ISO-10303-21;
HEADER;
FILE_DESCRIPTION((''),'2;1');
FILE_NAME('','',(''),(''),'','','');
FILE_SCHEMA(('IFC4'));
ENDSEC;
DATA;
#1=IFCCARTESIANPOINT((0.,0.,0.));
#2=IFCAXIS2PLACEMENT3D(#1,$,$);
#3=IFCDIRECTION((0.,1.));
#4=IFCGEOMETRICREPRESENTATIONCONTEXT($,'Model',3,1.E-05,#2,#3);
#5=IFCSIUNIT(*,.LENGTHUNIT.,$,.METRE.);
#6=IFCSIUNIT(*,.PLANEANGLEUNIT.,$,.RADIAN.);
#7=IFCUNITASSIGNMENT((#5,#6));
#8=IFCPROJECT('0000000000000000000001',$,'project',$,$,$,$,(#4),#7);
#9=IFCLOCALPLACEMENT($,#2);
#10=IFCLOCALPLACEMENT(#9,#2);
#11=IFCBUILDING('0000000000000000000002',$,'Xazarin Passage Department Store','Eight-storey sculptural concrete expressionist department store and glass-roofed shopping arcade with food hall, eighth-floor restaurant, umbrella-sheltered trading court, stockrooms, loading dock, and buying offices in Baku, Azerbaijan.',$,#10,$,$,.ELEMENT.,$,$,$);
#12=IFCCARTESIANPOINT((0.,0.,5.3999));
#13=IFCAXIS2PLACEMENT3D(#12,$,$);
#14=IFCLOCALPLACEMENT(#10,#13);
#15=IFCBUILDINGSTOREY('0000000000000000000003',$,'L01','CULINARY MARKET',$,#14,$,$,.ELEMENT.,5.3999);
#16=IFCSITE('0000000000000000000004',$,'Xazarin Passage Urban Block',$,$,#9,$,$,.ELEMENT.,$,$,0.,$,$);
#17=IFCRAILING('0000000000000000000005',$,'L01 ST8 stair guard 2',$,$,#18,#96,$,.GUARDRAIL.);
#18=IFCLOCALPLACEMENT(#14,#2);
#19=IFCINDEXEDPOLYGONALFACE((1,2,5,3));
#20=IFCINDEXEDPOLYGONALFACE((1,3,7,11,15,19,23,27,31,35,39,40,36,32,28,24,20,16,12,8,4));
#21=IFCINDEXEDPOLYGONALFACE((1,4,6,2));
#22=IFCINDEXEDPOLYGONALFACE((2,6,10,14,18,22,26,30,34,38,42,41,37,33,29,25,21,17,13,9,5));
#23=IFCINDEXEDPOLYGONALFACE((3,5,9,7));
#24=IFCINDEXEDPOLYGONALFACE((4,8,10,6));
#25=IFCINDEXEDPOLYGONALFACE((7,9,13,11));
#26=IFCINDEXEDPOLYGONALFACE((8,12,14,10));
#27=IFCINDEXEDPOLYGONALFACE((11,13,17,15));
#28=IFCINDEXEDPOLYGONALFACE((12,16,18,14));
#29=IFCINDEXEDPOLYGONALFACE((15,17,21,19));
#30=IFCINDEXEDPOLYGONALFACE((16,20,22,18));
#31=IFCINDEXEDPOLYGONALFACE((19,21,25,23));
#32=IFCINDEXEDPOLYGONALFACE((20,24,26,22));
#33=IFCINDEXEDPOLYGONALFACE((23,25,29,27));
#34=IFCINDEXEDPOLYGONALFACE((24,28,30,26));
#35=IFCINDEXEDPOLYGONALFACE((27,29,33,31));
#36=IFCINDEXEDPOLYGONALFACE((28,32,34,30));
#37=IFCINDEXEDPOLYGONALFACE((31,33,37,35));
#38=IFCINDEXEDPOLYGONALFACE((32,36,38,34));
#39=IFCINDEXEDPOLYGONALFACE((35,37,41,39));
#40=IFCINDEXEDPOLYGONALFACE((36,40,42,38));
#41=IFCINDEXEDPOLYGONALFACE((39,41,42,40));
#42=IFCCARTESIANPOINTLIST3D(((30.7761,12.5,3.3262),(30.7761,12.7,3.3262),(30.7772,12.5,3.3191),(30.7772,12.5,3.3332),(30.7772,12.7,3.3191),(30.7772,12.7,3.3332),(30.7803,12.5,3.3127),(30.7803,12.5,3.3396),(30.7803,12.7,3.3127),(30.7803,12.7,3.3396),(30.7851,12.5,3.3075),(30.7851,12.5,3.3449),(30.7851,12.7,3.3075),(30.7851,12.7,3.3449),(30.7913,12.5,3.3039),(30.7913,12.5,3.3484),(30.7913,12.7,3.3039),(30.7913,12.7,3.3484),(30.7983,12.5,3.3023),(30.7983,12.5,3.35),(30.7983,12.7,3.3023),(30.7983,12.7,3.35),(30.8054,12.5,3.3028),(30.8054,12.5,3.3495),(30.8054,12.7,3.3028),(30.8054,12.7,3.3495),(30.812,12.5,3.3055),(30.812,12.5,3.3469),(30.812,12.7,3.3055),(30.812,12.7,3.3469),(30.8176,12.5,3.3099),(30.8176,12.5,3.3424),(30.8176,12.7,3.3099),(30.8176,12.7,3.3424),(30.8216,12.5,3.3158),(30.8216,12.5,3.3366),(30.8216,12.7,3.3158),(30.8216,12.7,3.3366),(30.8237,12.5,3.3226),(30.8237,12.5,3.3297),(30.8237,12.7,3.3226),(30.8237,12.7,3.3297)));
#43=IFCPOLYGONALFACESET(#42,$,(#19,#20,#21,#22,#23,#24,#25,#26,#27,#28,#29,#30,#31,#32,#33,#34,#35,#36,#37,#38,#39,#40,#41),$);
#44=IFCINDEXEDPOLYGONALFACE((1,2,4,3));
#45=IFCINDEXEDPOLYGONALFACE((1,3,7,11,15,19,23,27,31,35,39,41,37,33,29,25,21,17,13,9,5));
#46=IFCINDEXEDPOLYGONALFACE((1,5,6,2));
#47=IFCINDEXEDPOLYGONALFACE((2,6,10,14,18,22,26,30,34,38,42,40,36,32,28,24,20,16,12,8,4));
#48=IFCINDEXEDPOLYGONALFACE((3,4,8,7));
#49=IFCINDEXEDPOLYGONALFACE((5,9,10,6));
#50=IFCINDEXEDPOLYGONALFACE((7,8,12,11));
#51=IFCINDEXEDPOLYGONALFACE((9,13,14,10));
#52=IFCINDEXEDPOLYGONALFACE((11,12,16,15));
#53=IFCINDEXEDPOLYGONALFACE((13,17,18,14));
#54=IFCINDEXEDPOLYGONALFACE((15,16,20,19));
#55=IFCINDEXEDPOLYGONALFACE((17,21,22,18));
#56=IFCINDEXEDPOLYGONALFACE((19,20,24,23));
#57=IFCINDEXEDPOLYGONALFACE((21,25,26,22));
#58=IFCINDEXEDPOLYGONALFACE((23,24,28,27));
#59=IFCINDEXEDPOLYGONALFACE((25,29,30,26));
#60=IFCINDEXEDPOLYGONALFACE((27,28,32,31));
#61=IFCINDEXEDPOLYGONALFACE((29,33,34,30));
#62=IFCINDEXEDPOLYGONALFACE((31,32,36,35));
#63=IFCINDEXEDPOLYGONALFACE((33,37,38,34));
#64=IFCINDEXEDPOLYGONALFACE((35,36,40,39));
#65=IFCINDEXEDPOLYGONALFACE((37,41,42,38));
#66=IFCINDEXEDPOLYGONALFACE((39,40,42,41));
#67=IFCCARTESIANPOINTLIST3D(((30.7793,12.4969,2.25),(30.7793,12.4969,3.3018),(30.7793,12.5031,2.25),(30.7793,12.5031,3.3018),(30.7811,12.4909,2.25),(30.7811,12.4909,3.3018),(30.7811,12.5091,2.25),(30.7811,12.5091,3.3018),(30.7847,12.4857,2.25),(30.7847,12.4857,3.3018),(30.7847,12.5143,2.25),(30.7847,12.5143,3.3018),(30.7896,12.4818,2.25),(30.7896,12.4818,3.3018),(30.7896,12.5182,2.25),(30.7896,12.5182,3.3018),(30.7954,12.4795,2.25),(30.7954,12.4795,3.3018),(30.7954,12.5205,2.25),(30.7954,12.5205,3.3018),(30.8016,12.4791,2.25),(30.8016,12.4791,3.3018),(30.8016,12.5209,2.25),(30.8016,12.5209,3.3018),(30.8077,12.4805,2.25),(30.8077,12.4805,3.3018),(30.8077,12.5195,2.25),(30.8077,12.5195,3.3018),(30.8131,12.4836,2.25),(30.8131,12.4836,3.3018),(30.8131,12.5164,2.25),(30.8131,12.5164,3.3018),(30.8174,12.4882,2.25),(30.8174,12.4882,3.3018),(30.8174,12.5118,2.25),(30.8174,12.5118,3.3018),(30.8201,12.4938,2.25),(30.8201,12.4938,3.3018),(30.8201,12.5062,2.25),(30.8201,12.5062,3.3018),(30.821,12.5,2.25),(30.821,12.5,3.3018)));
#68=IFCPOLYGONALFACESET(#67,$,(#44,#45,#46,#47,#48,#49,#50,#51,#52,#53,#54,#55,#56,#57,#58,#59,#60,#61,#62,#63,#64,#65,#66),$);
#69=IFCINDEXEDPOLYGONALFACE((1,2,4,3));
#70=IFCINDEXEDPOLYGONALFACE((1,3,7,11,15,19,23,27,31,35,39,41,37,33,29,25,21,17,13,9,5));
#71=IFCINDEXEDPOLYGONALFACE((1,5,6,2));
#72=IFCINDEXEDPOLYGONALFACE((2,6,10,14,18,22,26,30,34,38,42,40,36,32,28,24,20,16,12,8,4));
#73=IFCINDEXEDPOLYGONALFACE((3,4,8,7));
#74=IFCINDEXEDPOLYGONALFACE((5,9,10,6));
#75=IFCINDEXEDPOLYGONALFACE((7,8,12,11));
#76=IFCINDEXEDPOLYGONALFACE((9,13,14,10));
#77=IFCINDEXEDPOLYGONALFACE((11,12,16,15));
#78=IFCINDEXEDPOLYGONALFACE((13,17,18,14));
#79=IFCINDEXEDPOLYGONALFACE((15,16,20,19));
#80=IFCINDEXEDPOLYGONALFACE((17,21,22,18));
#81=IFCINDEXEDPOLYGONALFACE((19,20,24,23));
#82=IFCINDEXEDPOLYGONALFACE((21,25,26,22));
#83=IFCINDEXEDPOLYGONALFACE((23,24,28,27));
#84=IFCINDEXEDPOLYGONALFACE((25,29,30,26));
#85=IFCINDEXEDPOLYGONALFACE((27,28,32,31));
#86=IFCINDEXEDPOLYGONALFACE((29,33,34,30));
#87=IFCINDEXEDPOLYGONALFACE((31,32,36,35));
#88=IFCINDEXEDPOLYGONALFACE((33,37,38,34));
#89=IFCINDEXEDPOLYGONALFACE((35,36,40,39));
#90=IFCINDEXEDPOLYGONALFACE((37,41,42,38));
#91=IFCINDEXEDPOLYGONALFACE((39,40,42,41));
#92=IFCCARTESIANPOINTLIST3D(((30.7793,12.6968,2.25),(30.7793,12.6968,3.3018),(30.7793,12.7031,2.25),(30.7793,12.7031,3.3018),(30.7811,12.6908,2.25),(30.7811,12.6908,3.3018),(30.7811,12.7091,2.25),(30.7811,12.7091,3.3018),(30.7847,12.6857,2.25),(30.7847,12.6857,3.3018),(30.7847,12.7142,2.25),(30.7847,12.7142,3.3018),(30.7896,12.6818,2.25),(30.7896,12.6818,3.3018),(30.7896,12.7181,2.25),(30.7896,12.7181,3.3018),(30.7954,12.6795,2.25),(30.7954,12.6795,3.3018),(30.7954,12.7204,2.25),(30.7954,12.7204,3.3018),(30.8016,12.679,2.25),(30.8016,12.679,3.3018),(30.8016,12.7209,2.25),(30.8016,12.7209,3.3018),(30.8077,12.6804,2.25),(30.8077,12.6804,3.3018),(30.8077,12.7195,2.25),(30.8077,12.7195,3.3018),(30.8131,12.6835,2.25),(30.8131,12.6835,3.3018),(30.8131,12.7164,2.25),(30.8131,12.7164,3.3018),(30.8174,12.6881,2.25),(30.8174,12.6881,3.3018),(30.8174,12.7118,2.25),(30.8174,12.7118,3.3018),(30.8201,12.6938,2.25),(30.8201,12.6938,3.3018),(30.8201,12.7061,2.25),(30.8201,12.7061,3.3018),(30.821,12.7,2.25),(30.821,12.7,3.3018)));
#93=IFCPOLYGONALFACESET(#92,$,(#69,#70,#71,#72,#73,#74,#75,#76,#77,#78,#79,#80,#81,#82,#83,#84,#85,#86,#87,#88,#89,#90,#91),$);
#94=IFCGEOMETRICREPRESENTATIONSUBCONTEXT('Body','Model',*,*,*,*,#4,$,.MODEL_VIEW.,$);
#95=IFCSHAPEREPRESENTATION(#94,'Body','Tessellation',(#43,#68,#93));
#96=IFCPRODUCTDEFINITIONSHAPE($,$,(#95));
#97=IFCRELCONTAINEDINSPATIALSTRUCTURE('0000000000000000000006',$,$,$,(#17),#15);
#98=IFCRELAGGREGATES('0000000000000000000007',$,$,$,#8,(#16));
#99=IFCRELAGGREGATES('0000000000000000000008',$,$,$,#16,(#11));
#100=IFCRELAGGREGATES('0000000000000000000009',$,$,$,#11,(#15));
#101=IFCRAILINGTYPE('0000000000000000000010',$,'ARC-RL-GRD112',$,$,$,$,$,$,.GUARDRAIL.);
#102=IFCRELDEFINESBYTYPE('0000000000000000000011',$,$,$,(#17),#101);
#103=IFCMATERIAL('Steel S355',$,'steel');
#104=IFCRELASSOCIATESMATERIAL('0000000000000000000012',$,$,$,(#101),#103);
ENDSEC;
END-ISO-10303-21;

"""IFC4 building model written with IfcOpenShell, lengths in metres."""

from ifc_helpers import new_model, si_unit, direction, frame, origin, origin_2d, place, context, subcontext, project, spatial, circle, extrude, material, type_object, element, save


model = new_model("IFC4")

# Units and contexts
model_context = context("Model", 3, precision=1e-05, world=origin(), true_north=direction((0.0, 1.0)))
body_context = subcontext(model_context, "Body", "Model", "MODEL_VIEW")
ifc_project = project(units=[si_unit("LENGTHUNIT", "METRE"), si_unit("PLANEANGLEUNIT", "RADIAN")], contexts=[model_context])

# Site, building, storey
site_placement = place(None, origin())
site = spatial("IfcSite", under=ifc_project, at=site_placement, Name="Xazarin Passage Urban Block", CompositionType="ELEMENT", RefElevation=0.0)
building_placement = place(site_placement, origin())
building = spatial("IfcBuilding", under=site, at=building_placement, Name="Xazarin Passage Department Store", Description="Eight-storey sculptural concrete expressionist department store and glass-roofed shopping arcade with food hall, eighth-floor restaurant, umbrella-sheltered trading court, stockrooms, loading dock, and buying offices in Baku, Azerbaijan.", CompositionType="ELEMENT")
storey_placement = place(building_placement, frame((0.0, 0.0, 5.3999)))
storey = spatial("IfcBuildingStorey", under=building, at=storey_placement, Name="L01", Description="CULINARY MARKET", CompositionType="ELEMENT", Elevation=5.3999)

# Shared definitions
ifc_material_1 = material(Name="Steel S355", Category="steel")

# Railing
railing_type_1 = type_object("IfcRailingType", Name="ARC-RL-GRD112", PredefinedType="GUARDRAIL", material=ifc_material_1)
railing_1_placement = place(storey_placement, frame((30.8, 12.5, 2.25)))
element("IfcRailing", 1, at=railing_1_placement, inside=storey, type_object=railing_type_1, Name="L01 ST8 stair guard 2", PredefinedType="GUARDRAIL", context=body_context, shape_type="SweptSolid", body=[
    extrude(circle(Radius=0.0239, at=origin_2d()), frame((0.0, 0.0, 1.0762), z_axis=(0.0, 1.0, 0.0), x_axis=(-1.0, 0.0, 0.0)), (0.0, 0.0, 1.0), 0.2),
    extrude(circle(Radius=0.021, at=origin_2d()), origin(), (0.0, 0.0, 1.0), 1.0518),
    extrude(circle(Radius=0.021, at=origin_2d()), frame((0.0, 0.2, 0.0)), (0.0, 0.0, 1.0), 1.0518),
])

save(model, "model.ifc")
